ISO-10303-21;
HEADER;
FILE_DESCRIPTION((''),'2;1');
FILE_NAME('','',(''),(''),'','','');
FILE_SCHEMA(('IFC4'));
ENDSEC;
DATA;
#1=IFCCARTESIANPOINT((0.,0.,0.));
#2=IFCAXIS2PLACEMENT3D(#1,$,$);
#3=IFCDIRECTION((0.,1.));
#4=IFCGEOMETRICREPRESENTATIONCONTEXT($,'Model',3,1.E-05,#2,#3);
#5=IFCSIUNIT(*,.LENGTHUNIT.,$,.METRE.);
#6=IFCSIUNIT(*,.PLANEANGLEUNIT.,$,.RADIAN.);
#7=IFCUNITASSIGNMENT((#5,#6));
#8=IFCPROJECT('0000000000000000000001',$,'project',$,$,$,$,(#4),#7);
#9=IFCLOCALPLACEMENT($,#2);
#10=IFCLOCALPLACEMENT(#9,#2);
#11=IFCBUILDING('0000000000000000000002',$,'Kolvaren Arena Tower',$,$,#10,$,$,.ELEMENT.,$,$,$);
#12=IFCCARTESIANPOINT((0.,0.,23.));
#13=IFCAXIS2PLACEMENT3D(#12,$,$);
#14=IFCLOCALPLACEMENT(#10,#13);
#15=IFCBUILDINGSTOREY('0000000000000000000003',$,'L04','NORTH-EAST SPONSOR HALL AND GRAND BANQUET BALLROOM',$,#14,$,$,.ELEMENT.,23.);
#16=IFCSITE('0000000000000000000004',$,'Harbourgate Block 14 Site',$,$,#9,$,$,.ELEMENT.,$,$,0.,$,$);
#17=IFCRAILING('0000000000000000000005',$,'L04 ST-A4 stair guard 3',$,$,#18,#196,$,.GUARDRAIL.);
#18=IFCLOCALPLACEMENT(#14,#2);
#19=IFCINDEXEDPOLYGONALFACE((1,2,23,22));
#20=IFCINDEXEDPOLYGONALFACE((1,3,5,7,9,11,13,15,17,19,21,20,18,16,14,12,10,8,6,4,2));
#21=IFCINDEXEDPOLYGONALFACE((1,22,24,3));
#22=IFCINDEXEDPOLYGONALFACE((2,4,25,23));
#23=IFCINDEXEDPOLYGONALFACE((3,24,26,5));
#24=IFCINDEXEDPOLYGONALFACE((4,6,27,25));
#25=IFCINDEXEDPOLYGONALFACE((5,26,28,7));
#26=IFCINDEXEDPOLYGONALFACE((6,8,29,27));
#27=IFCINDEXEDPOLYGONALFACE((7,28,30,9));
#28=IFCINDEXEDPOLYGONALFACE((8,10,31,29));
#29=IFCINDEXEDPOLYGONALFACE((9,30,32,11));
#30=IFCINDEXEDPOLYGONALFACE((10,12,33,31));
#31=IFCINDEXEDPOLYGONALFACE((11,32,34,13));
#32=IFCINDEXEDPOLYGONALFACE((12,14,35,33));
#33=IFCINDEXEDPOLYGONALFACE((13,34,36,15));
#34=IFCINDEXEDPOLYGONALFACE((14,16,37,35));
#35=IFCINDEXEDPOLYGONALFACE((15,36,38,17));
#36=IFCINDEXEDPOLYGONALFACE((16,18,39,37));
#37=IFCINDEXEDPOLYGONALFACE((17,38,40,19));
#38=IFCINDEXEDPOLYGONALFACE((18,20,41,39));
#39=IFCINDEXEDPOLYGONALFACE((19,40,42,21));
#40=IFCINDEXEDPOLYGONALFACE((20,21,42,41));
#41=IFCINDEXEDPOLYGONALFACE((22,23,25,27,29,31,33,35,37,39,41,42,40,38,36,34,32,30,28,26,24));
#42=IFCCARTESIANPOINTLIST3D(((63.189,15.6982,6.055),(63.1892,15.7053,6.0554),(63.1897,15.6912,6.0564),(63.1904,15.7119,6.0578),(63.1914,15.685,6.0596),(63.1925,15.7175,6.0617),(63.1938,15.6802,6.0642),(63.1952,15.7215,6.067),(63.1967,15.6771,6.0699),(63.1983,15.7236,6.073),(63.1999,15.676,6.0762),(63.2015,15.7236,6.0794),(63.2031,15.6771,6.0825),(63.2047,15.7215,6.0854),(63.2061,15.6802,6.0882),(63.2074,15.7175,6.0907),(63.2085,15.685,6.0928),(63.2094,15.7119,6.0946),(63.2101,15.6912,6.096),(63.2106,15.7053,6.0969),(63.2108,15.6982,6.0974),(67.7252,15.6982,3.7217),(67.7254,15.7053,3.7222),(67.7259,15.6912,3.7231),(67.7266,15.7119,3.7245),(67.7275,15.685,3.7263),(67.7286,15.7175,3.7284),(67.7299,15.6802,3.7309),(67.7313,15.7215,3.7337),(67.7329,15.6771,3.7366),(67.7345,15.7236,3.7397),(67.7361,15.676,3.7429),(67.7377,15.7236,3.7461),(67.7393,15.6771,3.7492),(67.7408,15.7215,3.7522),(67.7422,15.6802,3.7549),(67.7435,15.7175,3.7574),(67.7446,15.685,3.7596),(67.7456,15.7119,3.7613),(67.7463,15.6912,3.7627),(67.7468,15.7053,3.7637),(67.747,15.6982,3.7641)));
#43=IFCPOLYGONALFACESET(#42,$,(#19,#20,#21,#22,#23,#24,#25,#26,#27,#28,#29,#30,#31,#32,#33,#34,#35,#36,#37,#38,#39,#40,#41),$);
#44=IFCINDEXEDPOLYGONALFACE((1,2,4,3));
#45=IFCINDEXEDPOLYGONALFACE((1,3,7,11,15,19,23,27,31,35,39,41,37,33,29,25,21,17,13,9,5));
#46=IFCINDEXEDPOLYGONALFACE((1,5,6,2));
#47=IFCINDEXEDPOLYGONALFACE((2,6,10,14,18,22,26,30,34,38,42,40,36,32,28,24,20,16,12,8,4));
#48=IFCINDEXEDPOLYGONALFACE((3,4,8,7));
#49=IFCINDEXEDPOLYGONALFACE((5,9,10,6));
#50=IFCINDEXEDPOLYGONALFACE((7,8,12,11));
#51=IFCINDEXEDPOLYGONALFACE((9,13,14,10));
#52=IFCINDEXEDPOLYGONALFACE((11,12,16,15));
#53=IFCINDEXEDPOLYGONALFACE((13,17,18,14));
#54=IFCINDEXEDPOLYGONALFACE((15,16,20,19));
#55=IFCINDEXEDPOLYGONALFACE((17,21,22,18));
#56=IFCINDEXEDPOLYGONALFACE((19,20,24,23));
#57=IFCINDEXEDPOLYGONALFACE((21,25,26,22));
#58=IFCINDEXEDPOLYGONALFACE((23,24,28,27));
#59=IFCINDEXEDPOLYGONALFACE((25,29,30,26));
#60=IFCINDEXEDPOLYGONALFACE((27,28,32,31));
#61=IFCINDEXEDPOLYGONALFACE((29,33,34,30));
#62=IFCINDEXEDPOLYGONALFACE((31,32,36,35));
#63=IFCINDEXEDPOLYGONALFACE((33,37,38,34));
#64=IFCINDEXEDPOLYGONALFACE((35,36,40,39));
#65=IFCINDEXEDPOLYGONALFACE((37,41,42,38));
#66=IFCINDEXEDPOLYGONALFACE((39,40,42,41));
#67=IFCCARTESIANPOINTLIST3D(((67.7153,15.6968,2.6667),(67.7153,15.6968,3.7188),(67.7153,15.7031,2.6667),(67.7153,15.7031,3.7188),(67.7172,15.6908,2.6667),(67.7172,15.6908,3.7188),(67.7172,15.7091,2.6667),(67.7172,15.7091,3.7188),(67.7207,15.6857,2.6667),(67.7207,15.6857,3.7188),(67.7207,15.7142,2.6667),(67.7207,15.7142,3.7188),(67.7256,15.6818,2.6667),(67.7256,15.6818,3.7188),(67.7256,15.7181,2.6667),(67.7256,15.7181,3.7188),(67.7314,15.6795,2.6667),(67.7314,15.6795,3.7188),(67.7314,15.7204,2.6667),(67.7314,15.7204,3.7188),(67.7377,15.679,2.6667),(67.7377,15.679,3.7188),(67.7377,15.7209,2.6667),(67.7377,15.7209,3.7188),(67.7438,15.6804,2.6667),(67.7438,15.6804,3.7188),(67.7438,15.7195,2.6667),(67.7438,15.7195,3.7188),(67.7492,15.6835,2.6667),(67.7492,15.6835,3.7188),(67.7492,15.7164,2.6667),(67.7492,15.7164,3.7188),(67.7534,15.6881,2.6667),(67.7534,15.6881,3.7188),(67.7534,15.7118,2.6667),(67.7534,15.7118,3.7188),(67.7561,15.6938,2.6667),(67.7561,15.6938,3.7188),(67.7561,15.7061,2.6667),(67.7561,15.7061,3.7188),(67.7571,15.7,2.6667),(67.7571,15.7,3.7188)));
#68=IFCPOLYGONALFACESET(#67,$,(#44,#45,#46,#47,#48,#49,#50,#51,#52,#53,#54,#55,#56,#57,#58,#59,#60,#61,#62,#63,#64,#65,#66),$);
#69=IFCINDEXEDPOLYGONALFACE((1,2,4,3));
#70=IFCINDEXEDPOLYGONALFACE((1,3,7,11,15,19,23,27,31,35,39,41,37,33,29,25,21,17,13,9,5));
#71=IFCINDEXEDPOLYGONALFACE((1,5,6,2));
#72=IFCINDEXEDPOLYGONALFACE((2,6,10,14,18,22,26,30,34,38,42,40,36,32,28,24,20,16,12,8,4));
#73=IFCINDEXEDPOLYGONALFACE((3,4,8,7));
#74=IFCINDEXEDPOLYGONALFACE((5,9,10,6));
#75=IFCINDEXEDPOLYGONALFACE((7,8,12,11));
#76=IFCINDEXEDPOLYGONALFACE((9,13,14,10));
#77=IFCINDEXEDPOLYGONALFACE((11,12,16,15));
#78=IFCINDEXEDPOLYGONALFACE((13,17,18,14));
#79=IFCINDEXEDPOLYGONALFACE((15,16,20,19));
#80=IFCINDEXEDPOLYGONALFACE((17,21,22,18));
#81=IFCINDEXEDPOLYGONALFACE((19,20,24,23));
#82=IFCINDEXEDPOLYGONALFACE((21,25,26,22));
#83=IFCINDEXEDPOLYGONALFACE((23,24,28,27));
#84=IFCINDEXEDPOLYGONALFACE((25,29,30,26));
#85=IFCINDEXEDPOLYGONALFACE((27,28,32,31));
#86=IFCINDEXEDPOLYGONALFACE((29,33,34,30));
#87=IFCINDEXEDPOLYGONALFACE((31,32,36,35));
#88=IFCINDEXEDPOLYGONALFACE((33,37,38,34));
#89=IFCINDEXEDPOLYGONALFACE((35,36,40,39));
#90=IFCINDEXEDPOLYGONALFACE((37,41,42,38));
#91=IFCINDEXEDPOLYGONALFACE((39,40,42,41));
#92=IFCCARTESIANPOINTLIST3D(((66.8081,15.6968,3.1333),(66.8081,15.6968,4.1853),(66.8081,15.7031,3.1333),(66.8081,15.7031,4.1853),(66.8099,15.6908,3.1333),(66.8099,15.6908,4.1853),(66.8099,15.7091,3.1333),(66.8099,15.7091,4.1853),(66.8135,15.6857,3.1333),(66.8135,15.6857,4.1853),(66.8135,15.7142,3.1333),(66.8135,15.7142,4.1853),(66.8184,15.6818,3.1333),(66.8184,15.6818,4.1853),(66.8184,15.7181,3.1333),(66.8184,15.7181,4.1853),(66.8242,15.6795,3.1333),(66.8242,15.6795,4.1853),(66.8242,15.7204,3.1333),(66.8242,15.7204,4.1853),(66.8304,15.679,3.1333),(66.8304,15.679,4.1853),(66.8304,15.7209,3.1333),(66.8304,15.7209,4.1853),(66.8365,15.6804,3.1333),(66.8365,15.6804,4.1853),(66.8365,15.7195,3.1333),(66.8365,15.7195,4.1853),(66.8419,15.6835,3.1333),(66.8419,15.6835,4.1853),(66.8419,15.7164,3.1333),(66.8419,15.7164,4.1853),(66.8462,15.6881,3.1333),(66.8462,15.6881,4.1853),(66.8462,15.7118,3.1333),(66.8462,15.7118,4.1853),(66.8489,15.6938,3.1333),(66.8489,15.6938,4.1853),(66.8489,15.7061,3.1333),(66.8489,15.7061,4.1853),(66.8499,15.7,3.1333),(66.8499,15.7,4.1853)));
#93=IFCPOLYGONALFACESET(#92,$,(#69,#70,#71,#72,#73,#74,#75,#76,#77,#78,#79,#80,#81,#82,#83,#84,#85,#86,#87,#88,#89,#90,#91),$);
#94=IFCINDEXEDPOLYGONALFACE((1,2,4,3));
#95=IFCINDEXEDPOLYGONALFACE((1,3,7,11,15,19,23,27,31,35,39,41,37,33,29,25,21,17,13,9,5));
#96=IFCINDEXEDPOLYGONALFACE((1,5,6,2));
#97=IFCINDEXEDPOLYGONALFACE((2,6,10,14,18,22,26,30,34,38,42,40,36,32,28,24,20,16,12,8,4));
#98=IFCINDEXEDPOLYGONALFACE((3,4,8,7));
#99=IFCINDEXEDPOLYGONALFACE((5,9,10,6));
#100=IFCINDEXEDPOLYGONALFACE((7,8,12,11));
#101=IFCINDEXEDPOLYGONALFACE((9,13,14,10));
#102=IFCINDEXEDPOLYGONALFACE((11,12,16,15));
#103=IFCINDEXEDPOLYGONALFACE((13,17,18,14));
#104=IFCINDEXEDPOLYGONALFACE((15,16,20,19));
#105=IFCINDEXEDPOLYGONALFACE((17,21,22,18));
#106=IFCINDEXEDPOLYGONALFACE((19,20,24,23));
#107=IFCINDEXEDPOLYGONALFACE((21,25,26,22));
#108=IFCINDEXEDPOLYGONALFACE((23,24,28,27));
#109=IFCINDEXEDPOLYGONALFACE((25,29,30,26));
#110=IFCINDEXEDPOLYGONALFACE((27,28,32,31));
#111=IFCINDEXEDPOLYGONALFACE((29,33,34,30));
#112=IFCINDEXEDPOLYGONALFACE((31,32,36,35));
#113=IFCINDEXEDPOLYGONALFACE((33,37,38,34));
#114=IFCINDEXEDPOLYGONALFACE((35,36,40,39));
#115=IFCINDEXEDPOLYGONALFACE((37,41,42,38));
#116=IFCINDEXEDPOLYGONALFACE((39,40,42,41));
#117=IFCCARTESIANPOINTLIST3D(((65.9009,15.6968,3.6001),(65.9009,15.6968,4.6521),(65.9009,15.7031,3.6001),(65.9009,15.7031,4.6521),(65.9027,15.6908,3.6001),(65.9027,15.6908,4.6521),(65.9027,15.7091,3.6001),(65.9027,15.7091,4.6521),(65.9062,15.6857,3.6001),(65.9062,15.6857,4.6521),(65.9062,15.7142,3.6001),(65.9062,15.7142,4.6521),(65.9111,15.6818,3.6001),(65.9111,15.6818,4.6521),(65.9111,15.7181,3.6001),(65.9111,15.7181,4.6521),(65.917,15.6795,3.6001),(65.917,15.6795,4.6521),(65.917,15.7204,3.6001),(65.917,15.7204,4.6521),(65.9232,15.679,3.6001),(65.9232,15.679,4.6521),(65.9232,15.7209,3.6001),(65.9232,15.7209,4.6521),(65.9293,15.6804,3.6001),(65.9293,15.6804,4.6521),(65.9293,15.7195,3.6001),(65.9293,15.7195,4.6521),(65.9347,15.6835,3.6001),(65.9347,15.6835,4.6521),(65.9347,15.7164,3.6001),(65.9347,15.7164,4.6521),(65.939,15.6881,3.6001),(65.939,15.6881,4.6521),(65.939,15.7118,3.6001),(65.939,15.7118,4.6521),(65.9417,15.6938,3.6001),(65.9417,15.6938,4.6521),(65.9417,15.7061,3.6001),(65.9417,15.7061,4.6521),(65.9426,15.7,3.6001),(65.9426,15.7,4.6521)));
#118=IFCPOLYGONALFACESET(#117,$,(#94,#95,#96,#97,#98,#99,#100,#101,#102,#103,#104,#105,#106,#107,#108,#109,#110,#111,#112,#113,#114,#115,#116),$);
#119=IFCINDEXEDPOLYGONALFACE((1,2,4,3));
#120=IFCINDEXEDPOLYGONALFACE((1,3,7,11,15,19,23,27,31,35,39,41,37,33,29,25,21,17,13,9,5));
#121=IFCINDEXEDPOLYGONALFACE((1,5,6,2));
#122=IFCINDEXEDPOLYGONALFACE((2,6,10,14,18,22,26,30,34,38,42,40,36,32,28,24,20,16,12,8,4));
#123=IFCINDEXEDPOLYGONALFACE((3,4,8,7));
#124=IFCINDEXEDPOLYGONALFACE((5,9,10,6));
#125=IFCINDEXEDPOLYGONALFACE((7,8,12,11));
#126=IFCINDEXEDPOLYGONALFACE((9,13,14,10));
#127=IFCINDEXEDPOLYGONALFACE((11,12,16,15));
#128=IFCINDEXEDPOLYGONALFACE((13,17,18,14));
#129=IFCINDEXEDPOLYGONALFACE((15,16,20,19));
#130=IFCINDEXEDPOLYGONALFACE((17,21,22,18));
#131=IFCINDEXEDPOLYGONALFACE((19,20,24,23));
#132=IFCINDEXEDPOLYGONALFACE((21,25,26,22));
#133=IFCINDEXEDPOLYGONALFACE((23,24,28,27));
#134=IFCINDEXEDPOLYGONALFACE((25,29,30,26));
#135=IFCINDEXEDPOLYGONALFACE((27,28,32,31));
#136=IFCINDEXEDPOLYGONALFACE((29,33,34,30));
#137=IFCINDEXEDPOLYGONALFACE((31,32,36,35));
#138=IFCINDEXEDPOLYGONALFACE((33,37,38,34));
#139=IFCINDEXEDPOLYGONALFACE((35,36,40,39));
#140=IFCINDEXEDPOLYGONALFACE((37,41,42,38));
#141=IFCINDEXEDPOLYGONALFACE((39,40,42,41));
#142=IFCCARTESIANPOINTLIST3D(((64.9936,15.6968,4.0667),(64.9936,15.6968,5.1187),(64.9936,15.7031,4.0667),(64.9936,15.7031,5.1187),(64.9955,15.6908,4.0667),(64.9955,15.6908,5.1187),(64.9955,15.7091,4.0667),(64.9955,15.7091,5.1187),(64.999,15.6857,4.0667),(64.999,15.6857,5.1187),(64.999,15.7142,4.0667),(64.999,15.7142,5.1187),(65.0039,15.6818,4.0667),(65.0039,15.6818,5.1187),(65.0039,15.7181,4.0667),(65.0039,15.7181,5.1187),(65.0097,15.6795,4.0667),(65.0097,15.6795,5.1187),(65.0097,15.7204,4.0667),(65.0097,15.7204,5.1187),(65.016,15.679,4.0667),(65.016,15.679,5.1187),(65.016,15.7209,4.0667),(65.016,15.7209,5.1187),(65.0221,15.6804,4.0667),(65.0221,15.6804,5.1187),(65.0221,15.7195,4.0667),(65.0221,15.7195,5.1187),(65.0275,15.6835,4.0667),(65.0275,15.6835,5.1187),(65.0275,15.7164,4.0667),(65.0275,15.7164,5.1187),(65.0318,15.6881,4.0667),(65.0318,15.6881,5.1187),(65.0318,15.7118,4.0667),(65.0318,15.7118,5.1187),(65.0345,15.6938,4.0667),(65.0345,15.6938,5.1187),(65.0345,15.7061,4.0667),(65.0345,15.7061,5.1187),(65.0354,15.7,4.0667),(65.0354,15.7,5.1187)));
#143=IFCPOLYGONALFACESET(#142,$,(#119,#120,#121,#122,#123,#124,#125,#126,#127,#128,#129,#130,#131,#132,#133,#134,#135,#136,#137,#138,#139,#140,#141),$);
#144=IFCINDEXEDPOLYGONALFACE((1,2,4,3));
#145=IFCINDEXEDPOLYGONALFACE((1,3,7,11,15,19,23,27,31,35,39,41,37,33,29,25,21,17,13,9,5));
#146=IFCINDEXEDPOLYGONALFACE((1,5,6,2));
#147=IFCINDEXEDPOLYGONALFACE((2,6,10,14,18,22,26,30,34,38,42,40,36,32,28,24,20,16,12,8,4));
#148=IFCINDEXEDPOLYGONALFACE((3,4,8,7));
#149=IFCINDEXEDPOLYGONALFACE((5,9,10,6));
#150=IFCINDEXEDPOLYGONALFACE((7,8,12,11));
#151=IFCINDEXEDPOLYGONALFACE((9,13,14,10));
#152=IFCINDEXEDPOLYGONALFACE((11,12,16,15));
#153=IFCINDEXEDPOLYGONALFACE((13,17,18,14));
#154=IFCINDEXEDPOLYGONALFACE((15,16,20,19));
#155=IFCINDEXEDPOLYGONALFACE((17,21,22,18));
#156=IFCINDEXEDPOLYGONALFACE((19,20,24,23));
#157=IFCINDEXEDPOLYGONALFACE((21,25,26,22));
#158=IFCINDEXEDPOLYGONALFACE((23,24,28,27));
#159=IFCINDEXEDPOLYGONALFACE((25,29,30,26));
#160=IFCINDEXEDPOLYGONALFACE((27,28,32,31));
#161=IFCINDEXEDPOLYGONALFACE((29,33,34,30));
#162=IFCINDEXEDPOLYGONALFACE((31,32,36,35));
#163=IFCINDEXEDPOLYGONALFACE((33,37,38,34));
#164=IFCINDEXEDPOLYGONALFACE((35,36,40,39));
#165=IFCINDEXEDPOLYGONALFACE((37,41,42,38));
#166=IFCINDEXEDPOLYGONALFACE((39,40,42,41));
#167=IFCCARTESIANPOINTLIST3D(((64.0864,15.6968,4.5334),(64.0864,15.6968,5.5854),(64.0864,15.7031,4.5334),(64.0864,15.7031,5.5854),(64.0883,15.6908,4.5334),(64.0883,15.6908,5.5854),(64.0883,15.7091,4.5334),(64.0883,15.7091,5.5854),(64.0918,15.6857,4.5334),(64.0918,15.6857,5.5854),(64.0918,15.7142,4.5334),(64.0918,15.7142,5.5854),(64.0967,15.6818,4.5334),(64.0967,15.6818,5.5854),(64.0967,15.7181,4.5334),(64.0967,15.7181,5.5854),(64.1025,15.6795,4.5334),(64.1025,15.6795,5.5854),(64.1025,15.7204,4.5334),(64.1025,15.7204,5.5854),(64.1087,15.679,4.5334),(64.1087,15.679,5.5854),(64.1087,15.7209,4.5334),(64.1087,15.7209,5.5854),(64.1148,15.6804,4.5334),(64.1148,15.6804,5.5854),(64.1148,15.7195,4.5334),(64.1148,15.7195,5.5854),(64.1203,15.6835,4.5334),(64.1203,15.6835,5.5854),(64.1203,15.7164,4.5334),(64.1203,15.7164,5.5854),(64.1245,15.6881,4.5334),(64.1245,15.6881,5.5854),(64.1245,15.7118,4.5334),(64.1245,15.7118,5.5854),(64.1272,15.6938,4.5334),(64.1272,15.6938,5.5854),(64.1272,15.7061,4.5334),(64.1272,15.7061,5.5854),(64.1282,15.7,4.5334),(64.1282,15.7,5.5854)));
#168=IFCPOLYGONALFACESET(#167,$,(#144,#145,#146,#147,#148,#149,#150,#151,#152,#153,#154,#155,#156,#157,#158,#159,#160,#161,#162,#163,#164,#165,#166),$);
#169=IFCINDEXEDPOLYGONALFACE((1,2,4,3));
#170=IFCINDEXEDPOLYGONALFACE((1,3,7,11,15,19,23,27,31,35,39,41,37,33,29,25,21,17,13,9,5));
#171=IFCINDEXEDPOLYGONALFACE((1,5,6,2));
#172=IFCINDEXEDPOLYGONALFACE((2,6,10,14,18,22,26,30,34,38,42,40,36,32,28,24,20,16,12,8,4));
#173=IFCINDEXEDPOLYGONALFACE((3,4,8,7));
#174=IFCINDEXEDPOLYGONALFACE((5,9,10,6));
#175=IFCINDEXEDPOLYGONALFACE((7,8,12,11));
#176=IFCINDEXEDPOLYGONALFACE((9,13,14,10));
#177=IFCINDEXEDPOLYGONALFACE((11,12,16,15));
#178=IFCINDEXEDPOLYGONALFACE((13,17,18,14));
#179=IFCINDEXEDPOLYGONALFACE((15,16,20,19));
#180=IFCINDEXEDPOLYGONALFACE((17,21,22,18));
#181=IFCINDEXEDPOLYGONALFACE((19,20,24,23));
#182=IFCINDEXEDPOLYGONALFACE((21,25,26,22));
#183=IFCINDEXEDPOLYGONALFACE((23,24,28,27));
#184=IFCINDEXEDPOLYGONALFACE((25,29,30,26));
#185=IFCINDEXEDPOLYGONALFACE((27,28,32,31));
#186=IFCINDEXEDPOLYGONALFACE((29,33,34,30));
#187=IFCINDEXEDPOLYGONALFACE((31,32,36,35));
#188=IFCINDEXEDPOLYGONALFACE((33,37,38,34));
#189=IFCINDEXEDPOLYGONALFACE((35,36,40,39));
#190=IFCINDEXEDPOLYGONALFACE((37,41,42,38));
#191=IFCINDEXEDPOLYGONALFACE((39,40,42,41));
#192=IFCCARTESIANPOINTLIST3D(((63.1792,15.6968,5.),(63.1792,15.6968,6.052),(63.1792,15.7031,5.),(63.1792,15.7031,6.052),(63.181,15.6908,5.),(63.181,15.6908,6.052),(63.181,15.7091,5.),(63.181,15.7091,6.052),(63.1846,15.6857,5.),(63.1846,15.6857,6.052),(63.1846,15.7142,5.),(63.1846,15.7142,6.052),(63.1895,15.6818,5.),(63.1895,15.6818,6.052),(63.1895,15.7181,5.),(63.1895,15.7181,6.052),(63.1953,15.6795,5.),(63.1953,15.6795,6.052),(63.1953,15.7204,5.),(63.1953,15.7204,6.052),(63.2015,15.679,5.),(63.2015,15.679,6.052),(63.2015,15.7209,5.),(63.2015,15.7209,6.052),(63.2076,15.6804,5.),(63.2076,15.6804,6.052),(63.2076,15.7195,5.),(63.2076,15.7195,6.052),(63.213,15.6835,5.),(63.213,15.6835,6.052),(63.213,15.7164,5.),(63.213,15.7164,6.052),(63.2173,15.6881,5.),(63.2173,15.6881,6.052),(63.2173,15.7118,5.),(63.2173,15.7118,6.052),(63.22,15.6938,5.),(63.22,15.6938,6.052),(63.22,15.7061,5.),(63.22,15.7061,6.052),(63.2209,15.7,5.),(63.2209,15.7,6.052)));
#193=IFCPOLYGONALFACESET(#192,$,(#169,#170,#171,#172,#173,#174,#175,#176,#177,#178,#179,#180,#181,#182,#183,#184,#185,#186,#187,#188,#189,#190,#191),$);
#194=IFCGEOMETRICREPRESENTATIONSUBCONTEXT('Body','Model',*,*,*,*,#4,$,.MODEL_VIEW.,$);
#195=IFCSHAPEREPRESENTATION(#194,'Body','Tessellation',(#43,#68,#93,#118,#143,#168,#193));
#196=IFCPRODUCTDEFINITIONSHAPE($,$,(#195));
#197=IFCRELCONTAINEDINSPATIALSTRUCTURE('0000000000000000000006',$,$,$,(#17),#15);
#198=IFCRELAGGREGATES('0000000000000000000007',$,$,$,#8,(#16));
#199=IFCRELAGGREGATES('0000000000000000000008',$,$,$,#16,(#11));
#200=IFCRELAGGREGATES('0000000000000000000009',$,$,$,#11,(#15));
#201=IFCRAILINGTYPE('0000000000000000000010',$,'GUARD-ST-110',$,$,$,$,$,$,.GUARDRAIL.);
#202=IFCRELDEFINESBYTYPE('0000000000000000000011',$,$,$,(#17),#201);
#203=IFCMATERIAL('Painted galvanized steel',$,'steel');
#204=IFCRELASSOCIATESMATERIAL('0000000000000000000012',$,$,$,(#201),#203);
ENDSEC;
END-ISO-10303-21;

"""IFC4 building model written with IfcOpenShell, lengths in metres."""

from ifc_helpers import new_model, si_unit, direction, frame, origin, origin_2d, place, context, subcontext, project, spatial, circle, extrude, material, type_object, element, save


model = new_model("IFC4")

# Units and contexts
model_context = context("Model", 3, precision=1e-05, world=origin(), true_north=direction((0.0, 1.0)))
body_context = subcontext(model_context, "Body", "Model", "MODEL_VIEW")
ifc_project = project(units=[si_unit("LENGTHUNIT", "METRE"), si_unit("PLANEANGLEUNIT", "RADIAN")], contexts=[model_context])

# Site, building, storey
site_placement = place(None, origin())
site = spatial("IfcSite", under=ifc_project, at=site_placement, Name="Harbourgate Block 14 Site", CompositionType="ELEMENT", RefElevation=0.0)
building_placement = place(site_placement, origin())
building = spatial("IfcBuilding", under=site, at=building_placement, Name="Kolvaren Arena Tower", CompositionType="ELEMENT")
storey_placement = place(building_placement, frame((0.0, 0.0, 23.0)))
storey = spatial("IfcBuildingStorey", under=building, at=storey_placement, Name="L04", Description="NORTH-EAST SPONSOR HALL AND GRAND BANQUET BALLROOM", CompositionType="ELEMENT", Elevation=23.0)

# Railing
ifc_material_1 = material(Name="Painted galvanized steel", Category="steel")
railing_type_1 = type_object("IfcRailingType", Name="GUARD-ST-110", PredefinedType="GUARDRAIL", material=ifc_material_1)
railing_1_placement = place(storey_placement, frame((67.7361, 15.7, 2.6667)))
element("IfcRailing", 1, at=railing_1_placement, inside=storey, type_object=railing_type_1, Name="L04 ST-A4 stair guard 3", PredefinedType="GUARDRAIL", context=body_context, shape_type="SweptSolid", body=[
    extrude(circle(Radius=0.0239, at=origin_2d()), frame((0.0, 0.0, 1.0762), z_axis=(-0.889257, 0.0, 0.457407), x_axis=(0.0, -1.0, 0.0)), (0.0, 0.0, 1.0), 5.1011),
    extrude(circle(Radius=0.021, at=origin_2d()), origin(), (0.0, 0.0, 1.0), 1.052),
    extrude(circle(Radius=0.021, at=origin_2d()), frame((-0.9072, 0.0, 0.4666)), (0.0, 0.0, 1.0), 1.052),
    extrude(circle(Radius=0.021, at=origin_2d()), frame((-1.8145, 0.0, 0.9333)), (0.0, 0.0, 1.0), 1.052),
    extrude(circle(Radius=0.021, at=origin_2d()), frame((-2.7217, 0.0, 1.3999)), (0.0, 0.0, 1.0), 1.052),
    extrude(circle(Radius=0.021, at=origin_2d()), frame((-3.6289, 0.0, 1.8667)), (0.0, 0.0, 1.0), 1.052),
    extrude(circle(Radius=0.021, at=origin_2d()), frame((-4.5361, 0.0, 2.3333)), (0.0, 0.0, 1.0), 1.052),
])

save(model, "model.ifc")
